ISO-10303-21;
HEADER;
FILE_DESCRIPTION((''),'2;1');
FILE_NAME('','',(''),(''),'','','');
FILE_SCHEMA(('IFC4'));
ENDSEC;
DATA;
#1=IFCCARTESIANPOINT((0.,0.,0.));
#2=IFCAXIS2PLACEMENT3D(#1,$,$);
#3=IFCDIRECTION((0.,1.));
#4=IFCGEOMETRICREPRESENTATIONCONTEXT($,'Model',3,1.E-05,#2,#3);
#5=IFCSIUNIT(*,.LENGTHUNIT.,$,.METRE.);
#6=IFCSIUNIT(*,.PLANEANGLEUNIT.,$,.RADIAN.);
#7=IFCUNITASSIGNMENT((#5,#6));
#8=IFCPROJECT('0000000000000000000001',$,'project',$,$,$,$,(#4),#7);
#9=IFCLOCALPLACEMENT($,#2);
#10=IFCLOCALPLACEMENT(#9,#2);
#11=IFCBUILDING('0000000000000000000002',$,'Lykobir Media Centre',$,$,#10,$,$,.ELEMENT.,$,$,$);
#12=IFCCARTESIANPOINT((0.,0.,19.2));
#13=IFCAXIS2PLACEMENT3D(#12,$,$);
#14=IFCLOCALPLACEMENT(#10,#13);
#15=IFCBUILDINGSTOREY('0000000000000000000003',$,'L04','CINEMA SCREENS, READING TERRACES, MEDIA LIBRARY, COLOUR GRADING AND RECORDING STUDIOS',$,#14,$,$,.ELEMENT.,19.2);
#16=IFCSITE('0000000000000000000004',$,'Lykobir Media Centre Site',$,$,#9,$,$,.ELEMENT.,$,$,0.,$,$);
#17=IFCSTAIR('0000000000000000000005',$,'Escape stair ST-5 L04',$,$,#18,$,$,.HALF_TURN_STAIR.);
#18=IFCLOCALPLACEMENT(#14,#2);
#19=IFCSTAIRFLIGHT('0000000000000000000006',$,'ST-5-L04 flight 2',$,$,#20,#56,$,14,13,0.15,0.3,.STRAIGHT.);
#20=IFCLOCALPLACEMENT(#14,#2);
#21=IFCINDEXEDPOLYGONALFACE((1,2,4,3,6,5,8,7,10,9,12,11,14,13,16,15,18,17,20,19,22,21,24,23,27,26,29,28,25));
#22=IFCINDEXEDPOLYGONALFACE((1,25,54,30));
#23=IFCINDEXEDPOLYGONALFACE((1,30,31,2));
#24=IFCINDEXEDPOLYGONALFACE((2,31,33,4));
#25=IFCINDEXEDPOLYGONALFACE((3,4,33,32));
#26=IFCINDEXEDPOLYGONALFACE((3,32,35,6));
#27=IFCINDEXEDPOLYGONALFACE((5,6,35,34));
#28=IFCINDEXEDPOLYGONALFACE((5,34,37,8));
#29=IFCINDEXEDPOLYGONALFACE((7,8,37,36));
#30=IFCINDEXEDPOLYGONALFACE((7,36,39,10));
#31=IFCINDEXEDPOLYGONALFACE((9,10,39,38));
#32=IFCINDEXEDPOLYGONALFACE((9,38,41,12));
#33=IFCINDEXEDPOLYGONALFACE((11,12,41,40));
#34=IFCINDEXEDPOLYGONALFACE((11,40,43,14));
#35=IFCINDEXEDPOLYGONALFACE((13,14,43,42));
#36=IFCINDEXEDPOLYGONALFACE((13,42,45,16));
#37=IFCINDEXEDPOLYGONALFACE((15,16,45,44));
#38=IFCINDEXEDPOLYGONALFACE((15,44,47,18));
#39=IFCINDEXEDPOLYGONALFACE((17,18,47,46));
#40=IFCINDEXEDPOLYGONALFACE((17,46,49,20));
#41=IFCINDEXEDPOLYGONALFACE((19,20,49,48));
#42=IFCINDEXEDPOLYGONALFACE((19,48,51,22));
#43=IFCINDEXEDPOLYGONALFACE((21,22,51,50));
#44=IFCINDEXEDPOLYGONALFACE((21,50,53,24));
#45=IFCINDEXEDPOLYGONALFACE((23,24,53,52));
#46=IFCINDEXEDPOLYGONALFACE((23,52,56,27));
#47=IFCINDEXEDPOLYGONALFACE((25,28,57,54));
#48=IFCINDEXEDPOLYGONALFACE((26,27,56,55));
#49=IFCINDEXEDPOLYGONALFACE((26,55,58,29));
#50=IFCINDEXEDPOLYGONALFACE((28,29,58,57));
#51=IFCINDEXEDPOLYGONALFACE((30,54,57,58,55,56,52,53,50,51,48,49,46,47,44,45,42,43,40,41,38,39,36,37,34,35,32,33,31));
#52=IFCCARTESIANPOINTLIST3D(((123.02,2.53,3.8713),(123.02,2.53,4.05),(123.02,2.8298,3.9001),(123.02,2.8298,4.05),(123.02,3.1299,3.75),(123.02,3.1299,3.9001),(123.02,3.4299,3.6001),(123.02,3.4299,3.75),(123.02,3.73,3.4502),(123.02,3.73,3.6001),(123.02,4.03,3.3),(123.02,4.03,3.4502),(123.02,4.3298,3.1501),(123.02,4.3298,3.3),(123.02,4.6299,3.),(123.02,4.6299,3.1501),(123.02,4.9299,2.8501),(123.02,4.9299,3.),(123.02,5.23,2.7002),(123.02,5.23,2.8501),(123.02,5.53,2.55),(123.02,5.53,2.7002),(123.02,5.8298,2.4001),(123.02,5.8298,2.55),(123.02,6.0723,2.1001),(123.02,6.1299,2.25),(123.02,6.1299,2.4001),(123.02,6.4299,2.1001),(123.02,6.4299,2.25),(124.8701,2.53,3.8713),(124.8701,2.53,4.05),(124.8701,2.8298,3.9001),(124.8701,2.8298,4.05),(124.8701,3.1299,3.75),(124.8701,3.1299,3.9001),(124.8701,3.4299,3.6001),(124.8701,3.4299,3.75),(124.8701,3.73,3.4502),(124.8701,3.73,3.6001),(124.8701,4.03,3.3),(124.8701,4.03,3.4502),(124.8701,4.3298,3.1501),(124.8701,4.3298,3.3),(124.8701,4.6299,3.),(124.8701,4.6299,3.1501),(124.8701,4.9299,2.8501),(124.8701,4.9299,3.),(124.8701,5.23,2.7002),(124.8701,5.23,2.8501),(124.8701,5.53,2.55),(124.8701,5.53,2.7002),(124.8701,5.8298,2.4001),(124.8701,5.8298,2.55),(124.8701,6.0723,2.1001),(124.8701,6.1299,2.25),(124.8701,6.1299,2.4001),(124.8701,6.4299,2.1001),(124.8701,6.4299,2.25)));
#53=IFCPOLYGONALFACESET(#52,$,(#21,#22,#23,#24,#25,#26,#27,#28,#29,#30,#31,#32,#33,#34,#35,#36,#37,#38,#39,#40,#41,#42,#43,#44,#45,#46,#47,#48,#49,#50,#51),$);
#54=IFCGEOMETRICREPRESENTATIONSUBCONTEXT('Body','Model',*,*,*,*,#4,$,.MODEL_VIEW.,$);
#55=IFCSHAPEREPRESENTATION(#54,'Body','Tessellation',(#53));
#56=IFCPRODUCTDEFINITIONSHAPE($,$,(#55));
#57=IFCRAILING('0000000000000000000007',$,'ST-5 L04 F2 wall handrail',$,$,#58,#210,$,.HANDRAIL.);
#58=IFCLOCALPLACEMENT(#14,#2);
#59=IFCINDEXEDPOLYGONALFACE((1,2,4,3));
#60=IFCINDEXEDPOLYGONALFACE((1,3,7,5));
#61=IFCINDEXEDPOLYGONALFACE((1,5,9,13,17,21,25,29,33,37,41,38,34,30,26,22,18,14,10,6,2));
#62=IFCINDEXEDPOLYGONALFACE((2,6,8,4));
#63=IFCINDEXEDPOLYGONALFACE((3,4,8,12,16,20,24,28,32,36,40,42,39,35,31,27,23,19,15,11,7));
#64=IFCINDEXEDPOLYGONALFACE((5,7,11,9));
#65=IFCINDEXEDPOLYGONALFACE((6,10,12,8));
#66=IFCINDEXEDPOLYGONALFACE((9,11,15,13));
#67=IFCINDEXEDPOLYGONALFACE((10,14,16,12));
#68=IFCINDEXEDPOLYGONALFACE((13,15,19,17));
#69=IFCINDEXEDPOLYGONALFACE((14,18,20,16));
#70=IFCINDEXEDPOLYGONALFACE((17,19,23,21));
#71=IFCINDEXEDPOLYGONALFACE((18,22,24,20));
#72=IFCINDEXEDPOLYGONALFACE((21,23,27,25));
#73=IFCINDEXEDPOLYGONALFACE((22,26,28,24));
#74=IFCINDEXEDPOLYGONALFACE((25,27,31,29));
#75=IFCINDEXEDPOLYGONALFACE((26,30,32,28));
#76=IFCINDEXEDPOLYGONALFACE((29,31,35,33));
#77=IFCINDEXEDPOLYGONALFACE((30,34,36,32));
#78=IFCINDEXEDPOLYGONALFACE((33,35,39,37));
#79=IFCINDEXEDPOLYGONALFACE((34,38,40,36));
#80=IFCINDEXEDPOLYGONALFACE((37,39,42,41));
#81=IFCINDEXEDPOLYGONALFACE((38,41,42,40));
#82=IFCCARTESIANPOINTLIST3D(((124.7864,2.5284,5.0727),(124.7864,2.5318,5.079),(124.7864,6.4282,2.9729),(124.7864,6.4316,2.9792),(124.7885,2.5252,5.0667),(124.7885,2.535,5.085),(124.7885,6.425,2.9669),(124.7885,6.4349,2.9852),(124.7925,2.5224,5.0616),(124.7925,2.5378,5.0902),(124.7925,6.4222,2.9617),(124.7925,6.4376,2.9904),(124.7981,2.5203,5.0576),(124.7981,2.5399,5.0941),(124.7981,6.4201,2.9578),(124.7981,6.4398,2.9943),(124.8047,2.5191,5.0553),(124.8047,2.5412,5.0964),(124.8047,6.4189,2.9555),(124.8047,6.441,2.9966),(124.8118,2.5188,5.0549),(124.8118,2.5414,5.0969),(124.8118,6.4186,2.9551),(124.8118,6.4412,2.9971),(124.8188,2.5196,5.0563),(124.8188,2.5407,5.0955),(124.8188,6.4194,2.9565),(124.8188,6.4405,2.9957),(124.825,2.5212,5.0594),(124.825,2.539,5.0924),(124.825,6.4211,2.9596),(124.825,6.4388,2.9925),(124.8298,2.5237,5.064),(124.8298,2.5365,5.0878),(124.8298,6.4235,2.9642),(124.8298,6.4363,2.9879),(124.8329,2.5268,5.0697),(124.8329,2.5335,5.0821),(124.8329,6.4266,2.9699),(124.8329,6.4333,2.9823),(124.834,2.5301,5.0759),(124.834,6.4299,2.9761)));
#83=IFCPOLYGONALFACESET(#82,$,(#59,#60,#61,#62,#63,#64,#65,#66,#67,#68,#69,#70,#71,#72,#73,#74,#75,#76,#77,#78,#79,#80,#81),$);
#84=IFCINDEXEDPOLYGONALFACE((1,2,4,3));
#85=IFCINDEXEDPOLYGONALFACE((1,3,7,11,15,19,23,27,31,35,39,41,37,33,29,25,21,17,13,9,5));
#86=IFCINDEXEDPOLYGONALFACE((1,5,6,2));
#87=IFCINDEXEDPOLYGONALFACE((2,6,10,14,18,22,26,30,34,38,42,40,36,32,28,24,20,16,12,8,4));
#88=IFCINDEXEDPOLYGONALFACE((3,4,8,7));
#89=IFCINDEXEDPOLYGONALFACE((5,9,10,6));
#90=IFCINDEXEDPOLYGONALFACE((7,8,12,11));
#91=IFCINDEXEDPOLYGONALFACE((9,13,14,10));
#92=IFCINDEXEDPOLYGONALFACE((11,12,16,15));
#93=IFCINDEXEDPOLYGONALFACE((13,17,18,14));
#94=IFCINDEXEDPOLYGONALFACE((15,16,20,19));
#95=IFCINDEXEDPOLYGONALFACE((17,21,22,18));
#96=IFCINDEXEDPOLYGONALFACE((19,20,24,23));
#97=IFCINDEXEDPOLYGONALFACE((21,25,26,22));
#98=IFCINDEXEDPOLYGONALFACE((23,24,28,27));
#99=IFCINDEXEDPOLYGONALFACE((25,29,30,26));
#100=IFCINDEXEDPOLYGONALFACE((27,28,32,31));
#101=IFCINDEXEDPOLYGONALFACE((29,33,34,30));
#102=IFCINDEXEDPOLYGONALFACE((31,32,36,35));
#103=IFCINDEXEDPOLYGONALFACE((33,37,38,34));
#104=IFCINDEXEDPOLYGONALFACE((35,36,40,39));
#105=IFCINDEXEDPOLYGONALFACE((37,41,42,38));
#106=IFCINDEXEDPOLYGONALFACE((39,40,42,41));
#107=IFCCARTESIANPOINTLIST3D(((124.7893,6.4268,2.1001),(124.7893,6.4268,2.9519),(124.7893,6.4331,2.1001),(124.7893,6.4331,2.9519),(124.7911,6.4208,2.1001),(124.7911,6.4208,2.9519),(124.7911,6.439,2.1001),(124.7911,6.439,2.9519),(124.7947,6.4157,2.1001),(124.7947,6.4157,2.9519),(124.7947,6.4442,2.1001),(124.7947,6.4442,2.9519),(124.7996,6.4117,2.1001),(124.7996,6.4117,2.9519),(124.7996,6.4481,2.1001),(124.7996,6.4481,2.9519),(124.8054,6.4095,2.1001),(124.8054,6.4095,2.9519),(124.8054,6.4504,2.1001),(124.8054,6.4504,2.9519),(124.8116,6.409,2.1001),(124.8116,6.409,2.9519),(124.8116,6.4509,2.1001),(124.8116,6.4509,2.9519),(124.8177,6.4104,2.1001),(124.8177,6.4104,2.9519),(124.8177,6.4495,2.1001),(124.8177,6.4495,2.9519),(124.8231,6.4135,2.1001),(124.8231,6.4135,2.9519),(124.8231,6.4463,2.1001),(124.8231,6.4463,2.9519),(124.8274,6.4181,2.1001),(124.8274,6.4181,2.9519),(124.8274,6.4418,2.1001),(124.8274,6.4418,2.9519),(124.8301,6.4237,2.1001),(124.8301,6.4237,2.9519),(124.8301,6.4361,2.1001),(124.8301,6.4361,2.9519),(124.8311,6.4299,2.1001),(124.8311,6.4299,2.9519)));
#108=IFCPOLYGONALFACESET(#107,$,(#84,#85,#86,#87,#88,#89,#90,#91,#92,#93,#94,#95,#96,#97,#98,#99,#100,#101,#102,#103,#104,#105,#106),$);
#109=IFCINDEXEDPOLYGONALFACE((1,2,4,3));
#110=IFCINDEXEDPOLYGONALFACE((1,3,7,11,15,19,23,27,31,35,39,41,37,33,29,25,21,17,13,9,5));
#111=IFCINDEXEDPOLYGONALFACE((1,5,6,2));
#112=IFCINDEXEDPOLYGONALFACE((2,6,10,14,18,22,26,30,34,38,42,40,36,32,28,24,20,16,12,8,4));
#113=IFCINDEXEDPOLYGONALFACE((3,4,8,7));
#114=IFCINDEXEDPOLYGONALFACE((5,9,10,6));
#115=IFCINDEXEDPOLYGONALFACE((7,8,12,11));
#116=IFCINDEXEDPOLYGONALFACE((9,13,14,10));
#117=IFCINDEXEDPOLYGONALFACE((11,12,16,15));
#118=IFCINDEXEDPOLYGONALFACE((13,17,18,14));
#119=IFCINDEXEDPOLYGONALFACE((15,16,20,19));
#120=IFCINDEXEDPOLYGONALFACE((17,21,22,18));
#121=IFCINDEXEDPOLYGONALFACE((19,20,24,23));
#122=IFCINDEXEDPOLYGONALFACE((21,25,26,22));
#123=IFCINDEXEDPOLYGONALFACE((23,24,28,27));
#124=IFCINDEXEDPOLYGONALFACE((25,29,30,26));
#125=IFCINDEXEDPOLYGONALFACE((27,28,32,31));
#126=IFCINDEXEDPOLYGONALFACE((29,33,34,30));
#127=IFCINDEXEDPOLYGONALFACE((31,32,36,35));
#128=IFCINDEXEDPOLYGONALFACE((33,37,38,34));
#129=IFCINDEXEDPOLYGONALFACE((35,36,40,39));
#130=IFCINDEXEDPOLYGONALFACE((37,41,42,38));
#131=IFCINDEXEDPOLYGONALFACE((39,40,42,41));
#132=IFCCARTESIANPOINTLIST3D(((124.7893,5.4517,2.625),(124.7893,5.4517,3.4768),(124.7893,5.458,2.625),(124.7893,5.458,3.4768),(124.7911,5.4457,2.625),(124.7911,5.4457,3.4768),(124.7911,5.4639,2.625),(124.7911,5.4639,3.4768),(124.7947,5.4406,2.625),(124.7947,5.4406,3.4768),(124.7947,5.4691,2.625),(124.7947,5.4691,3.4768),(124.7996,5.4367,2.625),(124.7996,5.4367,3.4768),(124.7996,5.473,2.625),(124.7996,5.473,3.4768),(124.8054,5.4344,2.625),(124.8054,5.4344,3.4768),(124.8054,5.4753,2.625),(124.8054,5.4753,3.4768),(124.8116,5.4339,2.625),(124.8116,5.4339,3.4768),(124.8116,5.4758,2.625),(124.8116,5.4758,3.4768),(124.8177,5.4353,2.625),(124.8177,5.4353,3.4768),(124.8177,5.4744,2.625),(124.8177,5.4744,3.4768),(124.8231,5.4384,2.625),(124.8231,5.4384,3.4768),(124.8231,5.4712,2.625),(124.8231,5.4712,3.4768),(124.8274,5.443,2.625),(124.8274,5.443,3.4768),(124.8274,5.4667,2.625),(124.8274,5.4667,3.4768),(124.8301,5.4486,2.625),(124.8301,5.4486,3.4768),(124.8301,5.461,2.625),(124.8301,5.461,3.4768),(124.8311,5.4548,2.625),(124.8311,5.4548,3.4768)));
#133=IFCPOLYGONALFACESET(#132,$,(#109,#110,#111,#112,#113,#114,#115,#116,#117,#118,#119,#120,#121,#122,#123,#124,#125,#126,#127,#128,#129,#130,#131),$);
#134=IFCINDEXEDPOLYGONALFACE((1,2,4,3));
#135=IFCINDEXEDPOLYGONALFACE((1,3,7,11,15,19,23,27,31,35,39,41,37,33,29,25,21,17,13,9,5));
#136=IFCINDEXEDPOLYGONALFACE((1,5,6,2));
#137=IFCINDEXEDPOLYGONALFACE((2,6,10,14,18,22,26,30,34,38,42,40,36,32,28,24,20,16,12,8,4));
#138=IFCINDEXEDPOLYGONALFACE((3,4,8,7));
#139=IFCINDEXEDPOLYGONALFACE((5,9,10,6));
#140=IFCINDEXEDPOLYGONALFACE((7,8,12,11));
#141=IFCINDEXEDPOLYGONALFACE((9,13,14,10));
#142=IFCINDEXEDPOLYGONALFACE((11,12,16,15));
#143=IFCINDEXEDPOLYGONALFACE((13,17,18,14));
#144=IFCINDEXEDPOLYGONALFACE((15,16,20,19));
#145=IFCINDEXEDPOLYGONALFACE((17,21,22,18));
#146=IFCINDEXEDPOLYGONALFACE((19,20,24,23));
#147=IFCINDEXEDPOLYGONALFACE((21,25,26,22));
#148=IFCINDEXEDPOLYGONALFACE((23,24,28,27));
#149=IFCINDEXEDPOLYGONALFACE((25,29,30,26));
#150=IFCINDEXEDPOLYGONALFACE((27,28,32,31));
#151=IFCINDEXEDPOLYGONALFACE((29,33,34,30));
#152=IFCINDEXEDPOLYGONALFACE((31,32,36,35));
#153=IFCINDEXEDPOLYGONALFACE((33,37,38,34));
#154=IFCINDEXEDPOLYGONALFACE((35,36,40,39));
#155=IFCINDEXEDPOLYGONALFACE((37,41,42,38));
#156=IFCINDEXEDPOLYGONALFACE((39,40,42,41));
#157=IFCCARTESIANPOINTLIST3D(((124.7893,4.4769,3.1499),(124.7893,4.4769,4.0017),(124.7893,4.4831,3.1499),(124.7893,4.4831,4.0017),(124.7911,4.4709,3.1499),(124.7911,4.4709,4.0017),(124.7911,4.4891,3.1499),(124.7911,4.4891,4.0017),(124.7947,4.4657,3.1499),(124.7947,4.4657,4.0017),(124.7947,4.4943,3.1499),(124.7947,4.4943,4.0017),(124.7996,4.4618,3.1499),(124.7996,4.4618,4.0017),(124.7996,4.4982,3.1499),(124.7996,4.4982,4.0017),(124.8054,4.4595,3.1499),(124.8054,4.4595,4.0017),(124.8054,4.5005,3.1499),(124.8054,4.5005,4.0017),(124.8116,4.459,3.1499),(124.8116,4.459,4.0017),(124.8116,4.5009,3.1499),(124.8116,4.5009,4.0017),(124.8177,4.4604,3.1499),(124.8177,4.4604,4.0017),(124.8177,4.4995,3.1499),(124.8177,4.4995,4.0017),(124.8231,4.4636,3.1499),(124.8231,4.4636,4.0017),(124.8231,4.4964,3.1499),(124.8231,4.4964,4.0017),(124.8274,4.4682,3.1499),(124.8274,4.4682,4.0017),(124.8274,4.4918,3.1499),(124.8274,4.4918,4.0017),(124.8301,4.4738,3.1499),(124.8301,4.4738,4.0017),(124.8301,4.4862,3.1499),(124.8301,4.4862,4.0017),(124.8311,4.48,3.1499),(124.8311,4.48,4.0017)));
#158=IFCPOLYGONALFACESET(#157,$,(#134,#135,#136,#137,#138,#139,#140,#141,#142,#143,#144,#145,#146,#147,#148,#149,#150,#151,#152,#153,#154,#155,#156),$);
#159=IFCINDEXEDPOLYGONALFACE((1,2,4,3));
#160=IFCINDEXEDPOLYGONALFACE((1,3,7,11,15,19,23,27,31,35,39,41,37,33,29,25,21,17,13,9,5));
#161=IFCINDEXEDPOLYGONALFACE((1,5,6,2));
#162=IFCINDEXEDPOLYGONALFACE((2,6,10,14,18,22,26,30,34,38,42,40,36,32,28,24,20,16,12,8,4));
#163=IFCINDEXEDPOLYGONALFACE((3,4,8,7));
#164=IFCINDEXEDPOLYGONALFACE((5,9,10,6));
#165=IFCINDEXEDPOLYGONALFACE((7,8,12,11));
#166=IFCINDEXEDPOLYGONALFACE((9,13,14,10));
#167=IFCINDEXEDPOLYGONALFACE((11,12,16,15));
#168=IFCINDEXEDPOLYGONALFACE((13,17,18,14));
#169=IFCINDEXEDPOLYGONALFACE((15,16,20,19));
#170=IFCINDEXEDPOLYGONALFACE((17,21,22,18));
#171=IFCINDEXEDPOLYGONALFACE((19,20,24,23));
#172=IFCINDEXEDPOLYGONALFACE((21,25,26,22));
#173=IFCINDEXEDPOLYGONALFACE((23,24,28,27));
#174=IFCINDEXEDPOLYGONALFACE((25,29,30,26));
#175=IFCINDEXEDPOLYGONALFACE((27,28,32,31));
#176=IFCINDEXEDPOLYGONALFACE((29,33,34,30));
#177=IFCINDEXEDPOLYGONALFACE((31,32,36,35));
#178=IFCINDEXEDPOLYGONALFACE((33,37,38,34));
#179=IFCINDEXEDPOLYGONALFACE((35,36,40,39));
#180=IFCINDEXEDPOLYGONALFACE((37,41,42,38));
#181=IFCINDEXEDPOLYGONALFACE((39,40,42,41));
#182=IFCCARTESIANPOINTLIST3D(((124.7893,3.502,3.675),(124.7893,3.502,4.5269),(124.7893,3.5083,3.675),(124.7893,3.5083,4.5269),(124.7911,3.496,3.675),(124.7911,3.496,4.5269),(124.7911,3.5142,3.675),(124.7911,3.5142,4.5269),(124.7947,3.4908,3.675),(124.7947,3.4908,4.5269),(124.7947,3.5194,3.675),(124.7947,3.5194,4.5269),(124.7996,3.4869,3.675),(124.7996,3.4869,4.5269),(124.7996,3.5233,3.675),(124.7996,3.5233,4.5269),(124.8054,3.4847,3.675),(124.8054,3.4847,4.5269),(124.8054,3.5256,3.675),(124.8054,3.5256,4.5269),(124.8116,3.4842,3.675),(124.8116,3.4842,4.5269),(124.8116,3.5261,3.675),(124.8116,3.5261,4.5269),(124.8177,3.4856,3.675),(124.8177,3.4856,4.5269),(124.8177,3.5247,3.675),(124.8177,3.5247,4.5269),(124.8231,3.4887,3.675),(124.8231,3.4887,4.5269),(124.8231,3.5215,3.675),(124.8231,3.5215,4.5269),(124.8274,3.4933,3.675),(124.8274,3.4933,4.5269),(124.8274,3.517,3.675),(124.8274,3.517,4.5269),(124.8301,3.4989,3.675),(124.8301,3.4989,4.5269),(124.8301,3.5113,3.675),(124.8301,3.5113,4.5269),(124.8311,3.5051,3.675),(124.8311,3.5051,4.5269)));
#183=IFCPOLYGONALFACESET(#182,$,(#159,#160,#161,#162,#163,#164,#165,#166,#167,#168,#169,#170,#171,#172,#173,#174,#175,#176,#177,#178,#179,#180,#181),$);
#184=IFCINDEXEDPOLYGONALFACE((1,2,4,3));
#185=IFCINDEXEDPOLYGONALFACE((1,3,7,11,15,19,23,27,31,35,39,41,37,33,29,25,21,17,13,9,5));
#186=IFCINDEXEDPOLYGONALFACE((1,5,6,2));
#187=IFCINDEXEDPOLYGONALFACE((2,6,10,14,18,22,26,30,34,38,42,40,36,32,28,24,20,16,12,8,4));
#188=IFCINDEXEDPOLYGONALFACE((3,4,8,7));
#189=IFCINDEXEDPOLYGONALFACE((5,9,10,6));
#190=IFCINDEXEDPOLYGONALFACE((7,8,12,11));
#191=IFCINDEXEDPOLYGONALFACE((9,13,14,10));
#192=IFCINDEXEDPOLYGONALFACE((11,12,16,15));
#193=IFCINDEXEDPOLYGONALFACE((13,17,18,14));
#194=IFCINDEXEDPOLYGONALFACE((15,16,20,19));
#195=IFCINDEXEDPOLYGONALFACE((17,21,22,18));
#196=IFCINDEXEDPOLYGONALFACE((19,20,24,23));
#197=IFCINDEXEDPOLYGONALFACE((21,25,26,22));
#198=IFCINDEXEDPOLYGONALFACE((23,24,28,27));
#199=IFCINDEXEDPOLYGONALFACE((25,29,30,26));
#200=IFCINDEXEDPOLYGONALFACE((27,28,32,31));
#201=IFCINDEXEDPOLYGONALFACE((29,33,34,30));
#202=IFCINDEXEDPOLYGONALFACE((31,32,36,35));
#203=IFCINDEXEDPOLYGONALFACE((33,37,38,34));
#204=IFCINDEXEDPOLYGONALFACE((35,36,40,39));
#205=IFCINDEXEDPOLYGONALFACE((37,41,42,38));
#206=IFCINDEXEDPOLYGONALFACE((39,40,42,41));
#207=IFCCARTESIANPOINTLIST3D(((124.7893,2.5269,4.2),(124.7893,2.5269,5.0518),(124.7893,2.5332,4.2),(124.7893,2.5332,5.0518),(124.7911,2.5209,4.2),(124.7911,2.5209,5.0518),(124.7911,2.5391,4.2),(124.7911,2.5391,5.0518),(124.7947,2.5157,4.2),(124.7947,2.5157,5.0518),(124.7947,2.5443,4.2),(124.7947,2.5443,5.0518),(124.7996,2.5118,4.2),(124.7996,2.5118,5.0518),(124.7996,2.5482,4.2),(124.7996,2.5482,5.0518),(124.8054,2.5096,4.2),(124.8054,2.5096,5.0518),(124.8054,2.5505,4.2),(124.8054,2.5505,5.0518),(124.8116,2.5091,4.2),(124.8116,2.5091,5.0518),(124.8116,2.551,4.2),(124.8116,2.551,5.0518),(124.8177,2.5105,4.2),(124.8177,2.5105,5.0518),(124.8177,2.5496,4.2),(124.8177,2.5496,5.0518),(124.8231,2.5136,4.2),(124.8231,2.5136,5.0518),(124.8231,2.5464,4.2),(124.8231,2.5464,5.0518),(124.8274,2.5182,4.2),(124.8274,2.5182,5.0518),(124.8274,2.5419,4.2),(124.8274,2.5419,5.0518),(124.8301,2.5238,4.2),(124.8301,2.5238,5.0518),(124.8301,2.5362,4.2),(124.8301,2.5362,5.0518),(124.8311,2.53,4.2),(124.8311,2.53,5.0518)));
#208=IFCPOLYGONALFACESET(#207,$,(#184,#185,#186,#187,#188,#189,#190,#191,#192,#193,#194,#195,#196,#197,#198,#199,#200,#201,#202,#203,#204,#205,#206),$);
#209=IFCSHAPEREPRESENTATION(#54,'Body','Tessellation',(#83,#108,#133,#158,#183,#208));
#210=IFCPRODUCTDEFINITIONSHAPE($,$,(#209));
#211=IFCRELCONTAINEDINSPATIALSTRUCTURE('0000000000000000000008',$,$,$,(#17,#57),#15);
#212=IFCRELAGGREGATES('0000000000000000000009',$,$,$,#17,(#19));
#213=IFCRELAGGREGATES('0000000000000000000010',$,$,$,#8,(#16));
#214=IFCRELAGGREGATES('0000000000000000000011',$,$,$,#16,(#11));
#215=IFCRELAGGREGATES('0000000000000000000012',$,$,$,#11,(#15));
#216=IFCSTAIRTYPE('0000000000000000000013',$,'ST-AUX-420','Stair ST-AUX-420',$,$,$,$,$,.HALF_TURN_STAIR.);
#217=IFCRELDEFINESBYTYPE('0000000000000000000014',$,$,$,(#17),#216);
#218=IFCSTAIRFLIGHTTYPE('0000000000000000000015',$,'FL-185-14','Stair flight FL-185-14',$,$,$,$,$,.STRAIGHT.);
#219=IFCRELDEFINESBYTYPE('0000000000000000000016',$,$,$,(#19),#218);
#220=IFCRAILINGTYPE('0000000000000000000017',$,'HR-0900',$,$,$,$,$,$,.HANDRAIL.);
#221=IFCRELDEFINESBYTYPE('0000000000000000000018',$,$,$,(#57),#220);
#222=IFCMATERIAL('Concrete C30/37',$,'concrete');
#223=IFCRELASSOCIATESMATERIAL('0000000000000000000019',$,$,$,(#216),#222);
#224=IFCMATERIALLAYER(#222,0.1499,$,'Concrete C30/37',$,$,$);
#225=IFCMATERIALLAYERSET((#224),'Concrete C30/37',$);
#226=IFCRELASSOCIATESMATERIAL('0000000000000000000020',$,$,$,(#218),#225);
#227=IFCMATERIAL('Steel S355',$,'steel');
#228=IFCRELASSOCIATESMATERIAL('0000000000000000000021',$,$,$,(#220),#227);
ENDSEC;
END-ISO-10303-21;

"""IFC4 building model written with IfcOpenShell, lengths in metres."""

from ifc_helpers import new_model, si_unit, direction, frame, origin, origin_2d, place, context, subcontext, project, spatial, polyline, circle, outline, extrude, material, layer, layer_set, type_object, element, aggregate, save


model = new_model("IFC4")

# Units and contexts
model_context = context("Model", 3, precision=1e-05, world=origin(), true_north=direction((0.0, 1.0)))
body_context = subcontext(model_context, "Body", "Model", "MODEL_VIEW")
ifc_project = project(units=[si_unit("LENGTHUNIT", "METRE"), si_unit("PLANEANGLEUNIT", "RADIAN")], contexts=[model_context])

# Site, building, storey
site_placement = place(None, origin())
site = spatial("IfcSite", under=ifc_project, at=site_placement, Name="Lykobir Media Centre Site", CompositionType="ELEMENT", RefElevation=0.0)
building_placement = place(site_placement, origin())
building = spatial("IfcBuilding", under=site, at=building_placement, Name="Lykobir Media Centre", CompositionType="ELEMENT")
storey_placement = place(building_placement, frame((0.0, 0.0, 19.2)))
storey = spatial("IfcBuildingStorey", under=building, at=storey_placement, Name="L04", Description="CINEMA SCREENS, READING TERRACES, MEDIA LIBRARY, COLOUR GRADING AND RECORDING STUDIOS", CompositionType="ELEMENT", Elevation=19.2)

# Shared definitions
ifc_material_1 = material(Name="Steel S355", Category="steel")

# Shared definitions
ifc_material_2 = material(Name="Concrete C30/37", Category="concrete")

# Stair, stair flight
stair_type = type_object("IfcStairType", Name="ST-AUX-420", Description="Stair ST-AUX-420", PredefinedType="HALF_TURN_STAIR", material=ifc_material_2)
stair_placement = place(storey_placement, origin())
stair = element("IfcStair", 1, at=stair_placement, inside=storey, type_object=stair_type, Name="Escape stair ST-5 L04", PredefinedType="HALF_TURN_STAIR")
ifc_layer_1 = layer(ifc_material_2, 0.1499, Name="Concrete C30/37")
ifc_layer_set_1 = layer_set([ifc_layer_1], Name="Concrete C30/37")
stair_flight_type = type_object("IfcStairFlightType", Name="FL-185-14", Description="Stair flight FL-185-14", PredefinedType="STRAIGHT", material=ifc_layer_set_1)
stair_flight_placement = place(storey_placement, frame((123.9451, 6.4299, 2.1001), z_axis=(0.0, 0.0, 1.0), x_axis=(0.0, -1.0, 0.0)))
stair_flight = element("IfcStairFlight", 2, at=stair_flight_placement, type_object=stair_flight_type, Name="ST-5-L04 flight 2", NumberOfRisers=14, NumberOfTreads=13, PredefinedType="STRAIGHT", RiserHeight=0.15, TreadLength=0.3, context=body_context, shape_type="SweptSolid", body=[
    extrude(outline(polyline([(0.0, 0.0), (0.0, 0.1499), (0.3, 0.1499), (0.3, 0.3), (0.6001, 0.3), (0.6001, 0.45), (0.8999, 0.45), (0.8999, 0.6001), (1.2, 0.6001), (1.2, 0.75), (1.5, 0.75), (1.5, 0.8999), (1.8, 0.8999), (1.8, 1.05), (2.1001, 1.05), (2.1001, 1.2), (2.3999, 1.2), (2.3999, 1.3501), (2.7, 1.3501), (2.7, 1.5), (3.0, 1.5), (3.0, 1.6499), (3.3, 1.6499), (3.3, 1.8), (3.6001, 1.8), (3.6001, 1.95), (3.8999, 1.95), (3.8999, 2.1001), (3.8999, 1.7712), (0.3577, 0.0), (0.0, 0.0)])), frame((0.0, 0.925, 0.0), z_axis=(0.0, -1.0, 0.0), x_axis=(1.0, 0.0, 0.0)), (0.0, 0.0, 1.0), 1.8501),
])
aggregate(stair, [stair_flight])

# Railing
railing_type = type_object("IfcRailingType", Name="HR-0900", PredefinedType="HANDRAIL", material=ifc_material_1)
railing_placement = place(storey_placement, frame((124.8101, 6.4299, 2.1001)))
element("IfcRailing", 3, at=railing_placement, inside=storey, type_object=railing_type, Name="ST-5 L04 F2 wall handrail", PredefinedType="HANDRAIL", context=body_context, shape_type="SweptSolid", body=[
    extrude(circle(Radius=0.0239, at=origin_2d()), frame((0.0, 0.0, 0.876), z_axis=(0.0, -0.88048, 0.474083), x_axis=(1.0, 0.0, 0.0)), (0.0, 0.0, 1.0), 4.4292),
    extrude(circle(Radius=0.021, at=origin_2d()), origin(), (0.0, 0.0, 1.0), 0.8518),
    extrude(circle(Radius=0.021, at=origin_2d()), frame((0.0, -0.9751, 0.5249)), (0.0, 0.0, 1.0), 0.8518),
    extrude(circle(Radius=0.021, at=origin_2d()), frame((0.0, -1.95, 1.0498)), (0.0, 0.0, 1.0), 0.8518),
    extrude(circle(Radius=0.021, at=origin_2d()), frame((0.0, -2.9248, 1.575)), (0.0, 0.0, 1.0), 0.8518),
    extrude(circle(Radius=0.021, at=origin_2d()), frame((0.0, -3.8999, 2.0999)), (0.0, 0.0, 1.0), 0.8518),
])

save(model, "model.ifc")
